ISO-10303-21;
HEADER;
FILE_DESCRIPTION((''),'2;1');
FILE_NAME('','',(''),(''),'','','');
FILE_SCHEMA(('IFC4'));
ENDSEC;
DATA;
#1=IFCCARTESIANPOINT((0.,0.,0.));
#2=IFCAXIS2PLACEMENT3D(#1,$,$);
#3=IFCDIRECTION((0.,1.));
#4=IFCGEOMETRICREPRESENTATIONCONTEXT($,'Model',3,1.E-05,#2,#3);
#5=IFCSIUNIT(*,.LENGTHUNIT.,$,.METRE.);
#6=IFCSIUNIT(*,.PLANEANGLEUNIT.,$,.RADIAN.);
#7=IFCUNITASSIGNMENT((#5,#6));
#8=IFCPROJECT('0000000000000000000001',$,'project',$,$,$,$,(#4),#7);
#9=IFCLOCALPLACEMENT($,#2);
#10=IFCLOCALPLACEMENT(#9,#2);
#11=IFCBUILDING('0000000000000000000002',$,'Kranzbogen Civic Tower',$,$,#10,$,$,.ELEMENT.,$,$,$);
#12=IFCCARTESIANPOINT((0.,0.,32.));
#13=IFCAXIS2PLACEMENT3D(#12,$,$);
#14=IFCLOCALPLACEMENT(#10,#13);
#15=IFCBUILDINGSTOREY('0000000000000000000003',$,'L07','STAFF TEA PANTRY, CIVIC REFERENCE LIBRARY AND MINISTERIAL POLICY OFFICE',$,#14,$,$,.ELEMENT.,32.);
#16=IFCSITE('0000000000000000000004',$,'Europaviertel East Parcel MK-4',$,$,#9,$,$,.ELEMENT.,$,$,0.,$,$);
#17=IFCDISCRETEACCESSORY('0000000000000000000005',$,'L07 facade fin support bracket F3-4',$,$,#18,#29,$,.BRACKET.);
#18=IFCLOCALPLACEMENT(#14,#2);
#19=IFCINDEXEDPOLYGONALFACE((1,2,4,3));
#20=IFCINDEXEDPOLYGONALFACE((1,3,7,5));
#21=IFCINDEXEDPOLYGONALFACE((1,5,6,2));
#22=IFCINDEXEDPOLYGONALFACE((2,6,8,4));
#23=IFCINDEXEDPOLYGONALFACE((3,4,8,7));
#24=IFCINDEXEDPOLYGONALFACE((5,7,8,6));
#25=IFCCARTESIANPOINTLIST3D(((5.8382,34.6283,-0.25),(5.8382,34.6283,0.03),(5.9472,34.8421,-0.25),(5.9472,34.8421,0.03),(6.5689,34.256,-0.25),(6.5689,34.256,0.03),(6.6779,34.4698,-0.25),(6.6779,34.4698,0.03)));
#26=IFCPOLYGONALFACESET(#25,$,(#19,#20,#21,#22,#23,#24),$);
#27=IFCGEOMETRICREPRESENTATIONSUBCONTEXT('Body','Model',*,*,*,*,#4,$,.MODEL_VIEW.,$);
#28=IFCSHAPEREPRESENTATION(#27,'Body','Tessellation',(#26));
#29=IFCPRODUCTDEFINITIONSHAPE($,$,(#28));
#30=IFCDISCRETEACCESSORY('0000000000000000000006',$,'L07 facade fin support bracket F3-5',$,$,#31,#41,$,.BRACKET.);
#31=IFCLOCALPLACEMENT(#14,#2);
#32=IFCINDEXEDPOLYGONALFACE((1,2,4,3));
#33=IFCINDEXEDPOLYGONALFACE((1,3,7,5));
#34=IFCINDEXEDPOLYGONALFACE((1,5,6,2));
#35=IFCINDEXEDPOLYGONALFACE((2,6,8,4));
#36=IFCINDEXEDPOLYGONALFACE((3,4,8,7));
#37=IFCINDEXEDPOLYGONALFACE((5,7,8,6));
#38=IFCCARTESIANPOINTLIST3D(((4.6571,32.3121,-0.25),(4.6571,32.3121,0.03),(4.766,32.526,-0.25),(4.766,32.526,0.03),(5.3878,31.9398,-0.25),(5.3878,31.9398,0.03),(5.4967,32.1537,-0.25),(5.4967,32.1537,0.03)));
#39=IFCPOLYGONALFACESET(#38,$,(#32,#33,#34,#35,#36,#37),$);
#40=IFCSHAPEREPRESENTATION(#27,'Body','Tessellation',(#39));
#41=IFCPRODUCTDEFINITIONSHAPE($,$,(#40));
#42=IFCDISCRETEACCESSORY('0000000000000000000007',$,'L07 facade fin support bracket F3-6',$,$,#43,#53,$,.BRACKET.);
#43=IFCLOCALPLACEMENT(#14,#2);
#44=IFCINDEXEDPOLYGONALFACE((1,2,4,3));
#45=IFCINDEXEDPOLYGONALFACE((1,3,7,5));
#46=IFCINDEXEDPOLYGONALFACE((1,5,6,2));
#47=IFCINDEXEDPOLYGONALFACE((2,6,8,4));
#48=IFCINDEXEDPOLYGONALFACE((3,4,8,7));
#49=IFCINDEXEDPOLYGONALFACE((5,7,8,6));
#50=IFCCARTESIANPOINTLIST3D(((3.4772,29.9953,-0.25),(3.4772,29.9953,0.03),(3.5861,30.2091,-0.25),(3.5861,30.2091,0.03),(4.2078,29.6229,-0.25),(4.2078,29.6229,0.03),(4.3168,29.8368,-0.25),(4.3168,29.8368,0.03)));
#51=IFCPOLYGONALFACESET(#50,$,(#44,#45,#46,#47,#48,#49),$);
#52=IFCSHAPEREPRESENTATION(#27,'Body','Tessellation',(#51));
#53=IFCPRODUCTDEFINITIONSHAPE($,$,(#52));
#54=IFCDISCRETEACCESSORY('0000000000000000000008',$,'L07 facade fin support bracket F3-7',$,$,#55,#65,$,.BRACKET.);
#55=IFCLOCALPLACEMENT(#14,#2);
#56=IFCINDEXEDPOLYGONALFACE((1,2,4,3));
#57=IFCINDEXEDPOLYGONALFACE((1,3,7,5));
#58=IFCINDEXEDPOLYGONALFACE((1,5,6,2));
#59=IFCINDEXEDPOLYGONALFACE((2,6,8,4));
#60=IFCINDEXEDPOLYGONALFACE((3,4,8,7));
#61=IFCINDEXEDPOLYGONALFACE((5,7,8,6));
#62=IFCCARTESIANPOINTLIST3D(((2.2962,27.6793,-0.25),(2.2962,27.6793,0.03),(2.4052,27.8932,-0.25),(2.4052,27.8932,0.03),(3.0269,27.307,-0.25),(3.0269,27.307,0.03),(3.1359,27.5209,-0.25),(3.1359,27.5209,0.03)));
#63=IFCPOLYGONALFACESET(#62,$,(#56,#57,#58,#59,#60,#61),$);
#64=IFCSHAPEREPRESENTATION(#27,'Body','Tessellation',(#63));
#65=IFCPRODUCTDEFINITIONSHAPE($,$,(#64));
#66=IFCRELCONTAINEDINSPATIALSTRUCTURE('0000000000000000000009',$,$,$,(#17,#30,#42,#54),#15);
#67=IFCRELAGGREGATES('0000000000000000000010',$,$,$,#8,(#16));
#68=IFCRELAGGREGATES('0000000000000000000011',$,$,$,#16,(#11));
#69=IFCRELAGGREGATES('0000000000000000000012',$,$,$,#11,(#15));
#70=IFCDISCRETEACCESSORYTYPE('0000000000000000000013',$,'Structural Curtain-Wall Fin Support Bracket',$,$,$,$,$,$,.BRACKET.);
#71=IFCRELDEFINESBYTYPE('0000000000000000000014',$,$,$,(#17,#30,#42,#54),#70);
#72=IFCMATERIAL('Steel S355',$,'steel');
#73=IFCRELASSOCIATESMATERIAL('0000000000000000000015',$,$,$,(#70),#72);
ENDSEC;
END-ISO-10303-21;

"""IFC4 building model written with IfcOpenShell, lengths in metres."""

from ifc_helpers import new_model, si_unit, direction, frame, origin, origin_2d, place, context, subcontext, project, spatial, rectangle, extrude, material, type_object, element, save


model = new_model("IFC4")

# Units and contexts
model_context = context("Model", 3, precision=1e-05, world=origin(), true_north=direction((0.0, 1.0)))
body_context = subcontext(model_context, "Body", "Model", "MODEL_VIEW")
ifc_project = project(units=[si_unit("LENGTHUNIT", "METRE"), si_unit("PLANEANGLEUNIT", "RADIAN")], contexts=[model_context])

# Site, building, storey
site_placement = place(None, origin())
site = spatial("IfcSite", under=ifc_project, at=site_placement, Name="Europaviertel East Parcel MK-4", CompositionType="ELEMENT", RefElevation=0.0)
building_placement = place(site_placement, origin())
building = spatial("IfcBuilding", under=site, at=building_placement, Name="Kranzbogen Civic Tower", CompositionType="ELEMENT")
storey_placement = place(building_placement, frame((0.0, 0.0, 32.0)))
storey = spatial("IfcBuildingStorey", under=building, at=storey_placement, Name="L07", Description="STAFF TEA PANTRY, CIVIC REFERENCE LIBRARY AND MINISTERIAL POLICY OFFICE", CompositionType="ELEMENT", Elevation=32.0)

# Shared definitions
ifc_material_1 = material(Name="Steel S355", Category="steel")

# Discrete accessories
discrete_accessory_type = type_object("IfcDiscreteAccessoryType", Name="Structural Curtain-Wall Fin Support Bracket", PredefinedType="BRACKET", material=ifc_material_1)
for number, where, z_axis, x_axis, name in (
    (1, (6.2581, 34.5491, -0.25), (0.0, 0.0, 1.0), (-0.891007, 0.45399, 0.0), "L07 facade fin support bracket F3-4"),
    (2, (5.0769, 32.2329, -0.25), (0.0, 0.0, 1.0), (-0.891007, 0.45399, 0.0), "L07 facade fin support bracket F3-5"),
    (3, (3.897, 29.916, -0.25), (0.0, 0.0, 1.0), (-0.891007, 0.45399, 0.0), "L07 facade fin support bracket F3-6"),
    (4, (2.7161, 27.6001, -0.25), (0.0, 0.0, 1.0), (-0.891007, 0.45399, 0.0), "L07 facade fin support bracket F3-7"),
):
    element("IfcDiscreteAccessory", number, at=place(storey_placement, frame(where, z_axis=z_axis, x_axis=x_axis)), inside=storey, type_object=discrete_accessory_type, Name=name, PredefinedType="BRACKET", context=body_context, shape_type="SweptSolid", body=[
        extrude(rectangle(XDim=0.8201, YDim=0.24, at=origin_2d()), origin(), (0.0, 0.0, 1.0), 0.28),
    ])

save(model, "model.ifc")
